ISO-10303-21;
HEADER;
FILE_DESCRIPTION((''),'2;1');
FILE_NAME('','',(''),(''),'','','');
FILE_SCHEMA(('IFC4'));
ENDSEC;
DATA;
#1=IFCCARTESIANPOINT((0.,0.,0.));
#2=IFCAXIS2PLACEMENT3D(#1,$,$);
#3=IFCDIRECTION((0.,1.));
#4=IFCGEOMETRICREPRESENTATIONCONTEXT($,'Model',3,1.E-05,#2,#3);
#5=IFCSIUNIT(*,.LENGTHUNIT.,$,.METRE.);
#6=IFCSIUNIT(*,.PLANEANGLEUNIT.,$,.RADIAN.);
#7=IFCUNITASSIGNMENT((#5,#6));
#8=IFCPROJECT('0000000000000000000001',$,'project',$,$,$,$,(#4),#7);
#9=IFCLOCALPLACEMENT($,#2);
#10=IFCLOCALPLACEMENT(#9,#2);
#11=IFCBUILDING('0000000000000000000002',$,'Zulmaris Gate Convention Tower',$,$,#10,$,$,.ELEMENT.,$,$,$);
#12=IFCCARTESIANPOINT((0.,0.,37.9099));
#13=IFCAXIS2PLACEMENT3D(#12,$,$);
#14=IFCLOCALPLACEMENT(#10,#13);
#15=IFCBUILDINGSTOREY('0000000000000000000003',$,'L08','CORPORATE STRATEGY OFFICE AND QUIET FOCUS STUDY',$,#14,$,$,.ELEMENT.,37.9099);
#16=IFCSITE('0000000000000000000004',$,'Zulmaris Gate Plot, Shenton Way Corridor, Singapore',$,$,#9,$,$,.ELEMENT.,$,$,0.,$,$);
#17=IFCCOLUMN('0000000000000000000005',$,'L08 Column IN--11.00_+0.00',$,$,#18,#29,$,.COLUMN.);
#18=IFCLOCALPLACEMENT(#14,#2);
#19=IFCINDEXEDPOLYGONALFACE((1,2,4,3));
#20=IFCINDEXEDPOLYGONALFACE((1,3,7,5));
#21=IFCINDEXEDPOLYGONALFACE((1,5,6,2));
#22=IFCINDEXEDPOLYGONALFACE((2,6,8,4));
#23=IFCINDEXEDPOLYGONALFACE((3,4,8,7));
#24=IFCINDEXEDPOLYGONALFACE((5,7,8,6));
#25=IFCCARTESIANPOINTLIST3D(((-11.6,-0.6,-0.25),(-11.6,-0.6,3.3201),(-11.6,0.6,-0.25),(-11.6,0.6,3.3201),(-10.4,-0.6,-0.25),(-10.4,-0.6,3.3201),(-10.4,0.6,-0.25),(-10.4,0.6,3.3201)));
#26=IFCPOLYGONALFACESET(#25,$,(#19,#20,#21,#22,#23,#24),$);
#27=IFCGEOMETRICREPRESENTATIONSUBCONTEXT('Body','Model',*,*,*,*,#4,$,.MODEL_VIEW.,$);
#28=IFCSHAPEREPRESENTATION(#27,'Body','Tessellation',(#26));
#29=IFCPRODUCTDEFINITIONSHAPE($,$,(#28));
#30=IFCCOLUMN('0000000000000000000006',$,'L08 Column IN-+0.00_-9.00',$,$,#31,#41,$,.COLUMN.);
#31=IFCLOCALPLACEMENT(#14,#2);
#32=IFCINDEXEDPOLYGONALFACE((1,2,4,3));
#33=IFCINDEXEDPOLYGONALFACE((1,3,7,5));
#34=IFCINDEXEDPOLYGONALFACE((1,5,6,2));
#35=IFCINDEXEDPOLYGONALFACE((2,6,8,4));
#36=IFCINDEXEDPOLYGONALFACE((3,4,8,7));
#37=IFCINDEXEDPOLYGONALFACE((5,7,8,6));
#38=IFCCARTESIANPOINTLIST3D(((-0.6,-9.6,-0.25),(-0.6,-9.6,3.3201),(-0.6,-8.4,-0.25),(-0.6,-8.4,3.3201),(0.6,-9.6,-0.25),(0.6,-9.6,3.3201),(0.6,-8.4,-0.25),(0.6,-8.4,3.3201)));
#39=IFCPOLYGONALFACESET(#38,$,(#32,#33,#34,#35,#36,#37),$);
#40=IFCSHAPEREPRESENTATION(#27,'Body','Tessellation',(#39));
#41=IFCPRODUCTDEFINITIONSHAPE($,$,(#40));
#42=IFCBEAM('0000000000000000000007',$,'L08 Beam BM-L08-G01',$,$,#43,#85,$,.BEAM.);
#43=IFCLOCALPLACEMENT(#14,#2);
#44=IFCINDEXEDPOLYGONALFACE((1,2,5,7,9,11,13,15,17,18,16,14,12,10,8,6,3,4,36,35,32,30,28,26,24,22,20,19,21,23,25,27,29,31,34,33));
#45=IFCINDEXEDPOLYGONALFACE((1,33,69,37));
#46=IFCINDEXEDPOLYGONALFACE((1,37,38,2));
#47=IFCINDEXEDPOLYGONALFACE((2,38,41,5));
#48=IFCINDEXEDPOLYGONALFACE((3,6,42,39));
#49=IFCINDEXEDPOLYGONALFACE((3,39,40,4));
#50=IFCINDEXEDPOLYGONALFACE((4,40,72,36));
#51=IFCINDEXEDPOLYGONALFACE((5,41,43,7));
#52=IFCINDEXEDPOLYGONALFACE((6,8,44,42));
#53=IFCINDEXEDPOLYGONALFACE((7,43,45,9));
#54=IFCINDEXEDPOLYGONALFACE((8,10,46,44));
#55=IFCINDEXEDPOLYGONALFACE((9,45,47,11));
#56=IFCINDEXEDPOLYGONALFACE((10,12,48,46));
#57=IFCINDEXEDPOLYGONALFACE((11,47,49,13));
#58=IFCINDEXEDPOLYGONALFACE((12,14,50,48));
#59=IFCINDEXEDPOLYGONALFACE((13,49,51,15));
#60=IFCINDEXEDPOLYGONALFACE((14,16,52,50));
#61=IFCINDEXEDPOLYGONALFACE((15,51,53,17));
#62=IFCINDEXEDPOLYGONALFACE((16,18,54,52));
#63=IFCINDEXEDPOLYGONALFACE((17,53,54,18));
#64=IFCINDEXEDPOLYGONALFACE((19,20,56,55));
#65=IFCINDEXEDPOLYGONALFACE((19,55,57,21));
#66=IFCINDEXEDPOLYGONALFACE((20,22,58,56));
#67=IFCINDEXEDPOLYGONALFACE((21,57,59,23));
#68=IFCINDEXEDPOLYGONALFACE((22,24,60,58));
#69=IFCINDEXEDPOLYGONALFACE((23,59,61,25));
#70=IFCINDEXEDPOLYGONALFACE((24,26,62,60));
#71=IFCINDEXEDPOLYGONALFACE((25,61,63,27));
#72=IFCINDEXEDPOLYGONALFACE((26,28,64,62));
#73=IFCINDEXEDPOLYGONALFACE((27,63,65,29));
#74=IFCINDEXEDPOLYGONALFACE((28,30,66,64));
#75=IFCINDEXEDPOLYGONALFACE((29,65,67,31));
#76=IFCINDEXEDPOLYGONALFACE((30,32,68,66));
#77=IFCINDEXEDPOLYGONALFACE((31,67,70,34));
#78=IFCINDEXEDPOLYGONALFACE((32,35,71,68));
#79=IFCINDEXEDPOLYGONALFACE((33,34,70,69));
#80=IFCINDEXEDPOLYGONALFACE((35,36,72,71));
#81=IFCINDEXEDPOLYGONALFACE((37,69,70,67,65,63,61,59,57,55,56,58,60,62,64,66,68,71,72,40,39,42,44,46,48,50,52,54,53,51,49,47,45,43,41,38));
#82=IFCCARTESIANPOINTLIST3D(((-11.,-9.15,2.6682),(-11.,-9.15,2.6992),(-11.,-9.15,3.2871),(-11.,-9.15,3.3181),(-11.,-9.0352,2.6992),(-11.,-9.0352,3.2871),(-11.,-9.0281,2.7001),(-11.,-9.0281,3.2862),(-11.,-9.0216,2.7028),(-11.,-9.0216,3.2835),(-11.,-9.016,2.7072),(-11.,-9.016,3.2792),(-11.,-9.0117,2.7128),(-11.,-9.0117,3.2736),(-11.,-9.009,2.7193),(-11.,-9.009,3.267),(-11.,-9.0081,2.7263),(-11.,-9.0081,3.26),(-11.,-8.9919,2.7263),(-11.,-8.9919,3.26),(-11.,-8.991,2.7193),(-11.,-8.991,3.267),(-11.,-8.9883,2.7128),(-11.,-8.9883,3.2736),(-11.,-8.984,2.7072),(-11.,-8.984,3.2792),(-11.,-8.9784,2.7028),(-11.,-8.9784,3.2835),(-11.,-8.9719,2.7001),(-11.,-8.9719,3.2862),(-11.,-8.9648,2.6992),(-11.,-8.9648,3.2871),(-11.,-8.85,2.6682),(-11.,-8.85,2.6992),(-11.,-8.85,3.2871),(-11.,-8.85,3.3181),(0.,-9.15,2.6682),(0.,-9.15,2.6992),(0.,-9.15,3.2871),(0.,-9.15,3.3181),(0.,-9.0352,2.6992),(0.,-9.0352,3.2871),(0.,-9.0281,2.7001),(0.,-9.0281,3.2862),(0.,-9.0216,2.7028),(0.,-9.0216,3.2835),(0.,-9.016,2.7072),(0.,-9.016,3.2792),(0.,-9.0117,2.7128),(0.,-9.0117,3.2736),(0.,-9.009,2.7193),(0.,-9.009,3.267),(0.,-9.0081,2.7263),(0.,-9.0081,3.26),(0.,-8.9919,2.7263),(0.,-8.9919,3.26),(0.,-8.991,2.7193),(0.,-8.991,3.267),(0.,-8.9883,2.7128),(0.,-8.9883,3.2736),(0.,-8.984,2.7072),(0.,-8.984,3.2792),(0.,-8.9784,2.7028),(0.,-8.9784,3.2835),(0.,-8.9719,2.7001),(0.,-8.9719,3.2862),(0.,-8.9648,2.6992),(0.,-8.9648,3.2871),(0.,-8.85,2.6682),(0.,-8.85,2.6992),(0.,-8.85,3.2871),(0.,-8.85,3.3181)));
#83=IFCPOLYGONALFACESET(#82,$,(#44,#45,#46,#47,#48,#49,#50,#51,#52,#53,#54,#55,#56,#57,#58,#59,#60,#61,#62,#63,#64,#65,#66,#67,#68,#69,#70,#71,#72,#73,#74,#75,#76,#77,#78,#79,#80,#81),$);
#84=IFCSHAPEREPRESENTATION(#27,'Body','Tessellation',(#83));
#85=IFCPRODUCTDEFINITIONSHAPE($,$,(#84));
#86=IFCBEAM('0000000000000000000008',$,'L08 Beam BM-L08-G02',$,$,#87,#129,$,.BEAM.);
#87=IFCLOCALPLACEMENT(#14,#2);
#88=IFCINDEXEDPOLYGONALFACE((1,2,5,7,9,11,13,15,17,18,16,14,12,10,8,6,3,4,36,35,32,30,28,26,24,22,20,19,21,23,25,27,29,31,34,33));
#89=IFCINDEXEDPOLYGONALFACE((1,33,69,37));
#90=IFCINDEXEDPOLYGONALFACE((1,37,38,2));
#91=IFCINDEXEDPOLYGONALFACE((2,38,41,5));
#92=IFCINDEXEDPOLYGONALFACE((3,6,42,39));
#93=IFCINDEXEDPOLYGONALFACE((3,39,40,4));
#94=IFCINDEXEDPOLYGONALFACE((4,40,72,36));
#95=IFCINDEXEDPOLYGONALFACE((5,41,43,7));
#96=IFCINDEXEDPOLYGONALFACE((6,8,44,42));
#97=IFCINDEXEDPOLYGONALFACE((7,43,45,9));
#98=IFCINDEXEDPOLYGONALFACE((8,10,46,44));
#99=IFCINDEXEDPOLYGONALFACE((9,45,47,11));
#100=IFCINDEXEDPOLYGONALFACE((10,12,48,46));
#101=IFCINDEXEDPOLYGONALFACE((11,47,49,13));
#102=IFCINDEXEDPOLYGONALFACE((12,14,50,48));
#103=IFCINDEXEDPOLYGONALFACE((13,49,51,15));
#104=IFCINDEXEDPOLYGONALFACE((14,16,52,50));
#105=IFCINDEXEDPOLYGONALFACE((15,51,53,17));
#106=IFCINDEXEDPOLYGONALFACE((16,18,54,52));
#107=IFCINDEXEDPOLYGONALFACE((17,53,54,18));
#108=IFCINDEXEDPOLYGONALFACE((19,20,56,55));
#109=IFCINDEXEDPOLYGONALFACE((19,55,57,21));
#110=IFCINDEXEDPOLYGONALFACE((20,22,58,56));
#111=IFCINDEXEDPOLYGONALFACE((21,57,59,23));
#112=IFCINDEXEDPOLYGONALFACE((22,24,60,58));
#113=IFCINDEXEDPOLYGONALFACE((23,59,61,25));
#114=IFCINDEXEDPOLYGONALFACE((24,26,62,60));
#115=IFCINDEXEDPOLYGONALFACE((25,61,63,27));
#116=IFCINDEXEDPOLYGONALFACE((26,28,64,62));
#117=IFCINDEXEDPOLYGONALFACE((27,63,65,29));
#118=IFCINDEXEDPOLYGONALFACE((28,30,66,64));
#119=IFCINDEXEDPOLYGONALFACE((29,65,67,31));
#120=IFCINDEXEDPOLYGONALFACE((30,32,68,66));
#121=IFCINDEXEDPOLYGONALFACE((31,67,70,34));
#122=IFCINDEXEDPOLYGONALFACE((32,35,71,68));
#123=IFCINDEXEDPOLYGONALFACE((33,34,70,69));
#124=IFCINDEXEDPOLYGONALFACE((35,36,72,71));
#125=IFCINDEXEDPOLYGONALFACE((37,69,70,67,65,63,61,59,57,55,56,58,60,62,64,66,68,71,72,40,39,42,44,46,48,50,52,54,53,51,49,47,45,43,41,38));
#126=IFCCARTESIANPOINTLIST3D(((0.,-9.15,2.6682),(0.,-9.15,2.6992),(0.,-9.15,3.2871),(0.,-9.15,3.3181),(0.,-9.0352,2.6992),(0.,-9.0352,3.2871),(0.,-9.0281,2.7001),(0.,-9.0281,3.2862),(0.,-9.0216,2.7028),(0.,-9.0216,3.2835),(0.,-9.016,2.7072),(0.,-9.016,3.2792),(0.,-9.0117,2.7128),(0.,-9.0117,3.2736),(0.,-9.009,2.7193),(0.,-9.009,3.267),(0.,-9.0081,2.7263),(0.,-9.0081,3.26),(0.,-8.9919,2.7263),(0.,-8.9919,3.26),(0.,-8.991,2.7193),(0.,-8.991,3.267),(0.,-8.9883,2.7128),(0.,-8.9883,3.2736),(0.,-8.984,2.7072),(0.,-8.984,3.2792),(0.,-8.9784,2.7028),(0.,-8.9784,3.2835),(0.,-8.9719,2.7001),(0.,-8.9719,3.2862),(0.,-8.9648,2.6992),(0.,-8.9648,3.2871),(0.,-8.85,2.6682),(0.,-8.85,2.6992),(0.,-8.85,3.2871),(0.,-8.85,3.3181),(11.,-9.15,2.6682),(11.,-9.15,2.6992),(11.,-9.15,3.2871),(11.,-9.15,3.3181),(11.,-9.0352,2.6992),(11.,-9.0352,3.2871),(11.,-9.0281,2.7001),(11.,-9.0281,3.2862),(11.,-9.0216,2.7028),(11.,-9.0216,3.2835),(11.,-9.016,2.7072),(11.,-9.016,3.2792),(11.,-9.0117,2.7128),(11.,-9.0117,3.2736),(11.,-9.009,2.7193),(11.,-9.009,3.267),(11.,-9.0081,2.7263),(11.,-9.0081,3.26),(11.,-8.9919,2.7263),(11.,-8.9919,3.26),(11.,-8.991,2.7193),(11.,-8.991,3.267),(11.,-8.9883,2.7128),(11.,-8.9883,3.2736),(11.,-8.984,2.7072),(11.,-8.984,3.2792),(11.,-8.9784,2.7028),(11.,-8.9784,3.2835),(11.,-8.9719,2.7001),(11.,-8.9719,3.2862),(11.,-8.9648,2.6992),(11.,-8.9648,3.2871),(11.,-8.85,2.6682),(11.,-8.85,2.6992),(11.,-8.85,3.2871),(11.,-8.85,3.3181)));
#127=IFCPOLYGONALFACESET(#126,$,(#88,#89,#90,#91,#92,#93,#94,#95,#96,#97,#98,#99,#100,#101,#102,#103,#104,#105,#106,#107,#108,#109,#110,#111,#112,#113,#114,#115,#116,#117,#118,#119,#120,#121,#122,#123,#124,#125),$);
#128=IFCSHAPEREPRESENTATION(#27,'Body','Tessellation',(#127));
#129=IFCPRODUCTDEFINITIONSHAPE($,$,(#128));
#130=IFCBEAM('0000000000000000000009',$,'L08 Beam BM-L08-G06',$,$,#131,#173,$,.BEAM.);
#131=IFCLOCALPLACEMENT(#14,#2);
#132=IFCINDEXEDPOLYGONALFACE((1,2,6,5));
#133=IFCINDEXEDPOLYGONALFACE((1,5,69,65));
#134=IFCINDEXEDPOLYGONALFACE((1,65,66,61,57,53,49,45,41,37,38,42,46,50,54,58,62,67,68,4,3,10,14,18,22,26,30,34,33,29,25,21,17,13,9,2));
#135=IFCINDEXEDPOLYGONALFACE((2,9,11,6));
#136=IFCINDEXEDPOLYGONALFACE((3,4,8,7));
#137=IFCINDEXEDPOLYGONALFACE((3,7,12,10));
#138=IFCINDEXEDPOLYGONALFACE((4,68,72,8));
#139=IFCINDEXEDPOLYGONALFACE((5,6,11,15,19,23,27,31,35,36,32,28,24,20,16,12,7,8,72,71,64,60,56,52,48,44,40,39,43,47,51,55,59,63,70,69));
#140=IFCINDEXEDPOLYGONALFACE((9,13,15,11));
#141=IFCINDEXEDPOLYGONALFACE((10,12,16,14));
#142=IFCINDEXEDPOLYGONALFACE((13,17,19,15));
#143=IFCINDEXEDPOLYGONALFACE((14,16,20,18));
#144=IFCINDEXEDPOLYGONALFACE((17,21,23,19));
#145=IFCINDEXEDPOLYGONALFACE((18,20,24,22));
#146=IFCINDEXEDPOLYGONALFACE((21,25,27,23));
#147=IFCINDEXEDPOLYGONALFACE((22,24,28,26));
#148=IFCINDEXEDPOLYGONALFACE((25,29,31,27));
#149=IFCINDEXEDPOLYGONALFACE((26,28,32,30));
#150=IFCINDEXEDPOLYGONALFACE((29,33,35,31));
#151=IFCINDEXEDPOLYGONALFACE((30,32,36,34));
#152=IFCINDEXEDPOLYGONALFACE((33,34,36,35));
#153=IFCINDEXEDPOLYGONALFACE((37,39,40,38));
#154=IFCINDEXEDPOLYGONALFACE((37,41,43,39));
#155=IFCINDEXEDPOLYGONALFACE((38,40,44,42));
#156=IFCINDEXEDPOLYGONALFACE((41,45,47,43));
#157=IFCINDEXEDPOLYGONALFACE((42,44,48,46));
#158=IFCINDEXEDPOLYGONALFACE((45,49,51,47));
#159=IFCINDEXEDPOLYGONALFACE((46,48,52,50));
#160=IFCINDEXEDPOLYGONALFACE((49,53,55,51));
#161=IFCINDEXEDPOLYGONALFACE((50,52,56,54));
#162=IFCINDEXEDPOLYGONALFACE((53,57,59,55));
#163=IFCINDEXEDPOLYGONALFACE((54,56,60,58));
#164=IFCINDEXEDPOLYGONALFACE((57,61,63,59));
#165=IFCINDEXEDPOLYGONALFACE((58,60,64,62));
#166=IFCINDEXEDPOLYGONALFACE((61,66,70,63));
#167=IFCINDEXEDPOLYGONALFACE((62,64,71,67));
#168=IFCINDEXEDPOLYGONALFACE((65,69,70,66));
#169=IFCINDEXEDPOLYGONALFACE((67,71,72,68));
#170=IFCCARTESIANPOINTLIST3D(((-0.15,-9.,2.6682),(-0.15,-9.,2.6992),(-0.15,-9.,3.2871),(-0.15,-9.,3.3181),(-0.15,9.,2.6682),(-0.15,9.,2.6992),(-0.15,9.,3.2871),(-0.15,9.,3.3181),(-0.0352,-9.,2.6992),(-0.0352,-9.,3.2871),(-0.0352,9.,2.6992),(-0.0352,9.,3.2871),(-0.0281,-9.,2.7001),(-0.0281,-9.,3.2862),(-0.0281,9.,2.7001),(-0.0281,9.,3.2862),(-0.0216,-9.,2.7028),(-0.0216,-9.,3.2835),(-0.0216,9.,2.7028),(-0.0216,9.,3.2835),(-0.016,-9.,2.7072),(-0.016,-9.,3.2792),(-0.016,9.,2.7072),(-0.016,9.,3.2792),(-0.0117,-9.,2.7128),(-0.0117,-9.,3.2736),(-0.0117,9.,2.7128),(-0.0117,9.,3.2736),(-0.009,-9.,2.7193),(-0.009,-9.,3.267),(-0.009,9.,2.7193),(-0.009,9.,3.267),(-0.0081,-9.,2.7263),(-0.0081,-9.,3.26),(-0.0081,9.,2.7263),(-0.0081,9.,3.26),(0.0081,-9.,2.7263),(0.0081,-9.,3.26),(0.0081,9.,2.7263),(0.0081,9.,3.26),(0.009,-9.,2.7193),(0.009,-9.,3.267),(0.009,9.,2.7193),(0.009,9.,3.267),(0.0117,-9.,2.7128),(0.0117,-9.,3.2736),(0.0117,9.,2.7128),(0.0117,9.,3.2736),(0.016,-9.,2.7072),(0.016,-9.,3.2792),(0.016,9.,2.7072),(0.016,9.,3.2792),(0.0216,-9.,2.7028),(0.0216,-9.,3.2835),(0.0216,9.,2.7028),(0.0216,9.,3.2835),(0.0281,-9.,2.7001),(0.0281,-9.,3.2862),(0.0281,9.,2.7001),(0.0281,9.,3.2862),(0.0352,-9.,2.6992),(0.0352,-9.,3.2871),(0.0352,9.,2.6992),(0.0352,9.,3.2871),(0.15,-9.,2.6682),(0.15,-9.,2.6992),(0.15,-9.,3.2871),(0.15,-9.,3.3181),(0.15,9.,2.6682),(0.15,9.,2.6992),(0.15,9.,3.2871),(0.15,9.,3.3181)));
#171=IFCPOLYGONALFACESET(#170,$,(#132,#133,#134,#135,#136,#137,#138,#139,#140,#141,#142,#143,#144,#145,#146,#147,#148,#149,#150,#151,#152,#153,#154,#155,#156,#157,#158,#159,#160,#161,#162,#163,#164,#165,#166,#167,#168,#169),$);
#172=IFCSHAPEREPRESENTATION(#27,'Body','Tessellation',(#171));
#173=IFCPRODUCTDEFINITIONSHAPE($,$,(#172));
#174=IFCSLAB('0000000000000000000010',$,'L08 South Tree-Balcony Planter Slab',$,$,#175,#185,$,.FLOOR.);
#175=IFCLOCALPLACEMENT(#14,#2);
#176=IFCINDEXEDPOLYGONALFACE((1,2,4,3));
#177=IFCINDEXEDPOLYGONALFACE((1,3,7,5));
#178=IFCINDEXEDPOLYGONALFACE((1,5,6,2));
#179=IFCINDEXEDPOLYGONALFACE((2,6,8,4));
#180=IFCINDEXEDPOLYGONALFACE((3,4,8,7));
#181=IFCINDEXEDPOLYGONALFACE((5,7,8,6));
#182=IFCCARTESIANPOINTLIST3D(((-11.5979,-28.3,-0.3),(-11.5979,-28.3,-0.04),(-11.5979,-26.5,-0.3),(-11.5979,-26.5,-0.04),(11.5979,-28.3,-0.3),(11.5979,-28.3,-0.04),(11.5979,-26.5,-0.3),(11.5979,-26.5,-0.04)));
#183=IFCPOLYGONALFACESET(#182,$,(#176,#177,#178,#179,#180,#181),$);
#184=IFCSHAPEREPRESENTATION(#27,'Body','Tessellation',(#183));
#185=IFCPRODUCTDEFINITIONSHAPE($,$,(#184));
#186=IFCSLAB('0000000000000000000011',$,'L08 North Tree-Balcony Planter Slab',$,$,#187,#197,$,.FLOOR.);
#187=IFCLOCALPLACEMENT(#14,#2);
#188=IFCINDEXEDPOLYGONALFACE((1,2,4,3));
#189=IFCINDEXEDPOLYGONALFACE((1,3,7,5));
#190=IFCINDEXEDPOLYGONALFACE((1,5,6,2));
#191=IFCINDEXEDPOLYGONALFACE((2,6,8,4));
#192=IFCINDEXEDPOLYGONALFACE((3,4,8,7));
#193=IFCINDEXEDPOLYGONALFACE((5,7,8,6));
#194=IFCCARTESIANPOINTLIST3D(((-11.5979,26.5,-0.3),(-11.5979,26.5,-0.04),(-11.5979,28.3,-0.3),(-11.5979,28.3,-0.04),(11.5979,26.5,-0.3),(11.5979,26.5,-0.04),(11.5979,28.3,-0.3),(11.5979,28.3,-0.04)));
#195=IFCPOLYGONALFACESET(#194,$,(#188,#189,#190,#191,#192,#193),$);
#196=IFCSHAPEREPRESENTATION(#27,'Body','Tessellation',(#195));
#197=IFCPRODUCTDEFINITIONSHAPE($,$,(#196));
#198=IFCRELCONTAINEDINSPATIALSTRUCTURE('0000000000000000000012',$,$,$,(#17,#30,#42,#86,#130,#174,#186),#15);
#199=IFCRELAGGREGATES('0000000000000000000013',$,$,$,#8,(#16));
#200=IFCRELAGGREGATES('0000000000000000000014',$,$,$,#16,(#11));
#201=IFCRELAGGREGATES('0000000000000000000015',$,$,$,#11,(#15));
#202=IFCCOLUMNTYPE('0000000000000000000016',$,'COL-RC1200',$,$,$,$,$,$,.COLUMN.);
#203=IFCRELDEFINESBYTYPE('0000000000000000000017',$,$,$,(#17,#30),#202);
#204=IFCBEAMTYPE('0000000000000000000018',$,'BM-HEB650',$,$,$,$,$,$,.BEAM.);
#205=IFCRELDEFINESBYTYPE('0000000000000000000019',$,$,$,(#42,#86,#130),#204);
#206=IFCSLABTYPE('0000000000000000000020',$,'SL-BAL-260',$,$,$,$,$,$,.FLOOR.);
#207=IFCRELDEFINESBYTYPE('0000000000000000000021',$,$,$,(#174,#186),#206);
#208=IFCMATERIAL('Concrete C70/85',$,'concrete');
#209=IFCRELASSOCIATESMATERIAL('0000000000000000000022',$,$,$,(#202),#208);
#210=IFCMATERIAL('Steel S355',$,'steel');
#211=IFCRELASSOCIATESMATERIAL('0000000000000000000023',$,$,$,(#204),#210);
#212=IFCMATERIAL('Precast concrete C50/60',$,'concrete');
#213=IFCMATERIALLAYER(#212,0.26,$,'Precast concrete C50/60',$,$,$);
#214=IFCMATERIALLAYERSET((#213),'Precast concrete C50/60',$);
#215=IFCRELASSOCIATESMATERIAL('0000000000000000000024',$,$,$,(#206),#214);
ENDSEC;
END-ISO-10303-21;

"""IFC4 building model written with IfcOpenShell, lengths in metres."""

from ifc_helpers import new_model, si_unit, direction, frame, origin, origin_2d, place, context, subcontext, project, spatial, polyline, rectangle, i_section, outline, extrude, material, layer, layer_set, material_profile, profile_set, type_object, element, save


model = new_model("IFC4")

# Units and contexts
model_context = context("Model", 3, precision=1e-05, world=origin(), true_north=direction((0.0, 1.0)))
body_context = subcontext(model_context, "Body", "Model", "MODEL_VIEW")
ifc_project = project(units=[si_unit("LENGTHUNIT", "METRE"), si_unit("PLANEANGLEUNIT", "RADIAN")], contexts=[model_context])

# Site, building, storey
site_placement = place(None, origin())
site = spatial("IfcSite", under=ifc_project, at=site_placement, Name="Zulmaris Gate Plot, Shenton Way Corridor, Singapore", CompositionType="ELEMENT", RefElevation=0.0)
building_placement = place(site_placement, origin())
building = spatial("IfcBuilding", under=site, at=building_placement, Name="Zulmaris Gate Convention Tower", CompositionType="ELEMENT")
storey_placement = place(building_placement, frame((0.0, 0.0, 37.9099)))
storey = spatial("IfcBuildingStorey", under=building, at=storey_placement, Name="L08", Description="CORPORATE STRATEGY OFFICE AND QUIET FOCUS STUDY", CompositionType="ELEMENT", Elevation=37.9099)

# Columns
ifc_material_1 = material(Name="Concrete C70/85", Category="concrete")
ifc_material_profile_1 = material_profile(ifc_material_1, rectangle(XDim=1.2, YDim=1.2, at=origin_2d()), Name="RC COL 1200x1200")
ifc_profile_set_1 = profile_set([ifc_material_profile_1], Name="Concrete C70/85")
column_type = type_object("IfcColumnType", Name="COL-RC1200", PredefinedType="COLUMN", material=ifc_profile_set_1)
for number, where, z_axis, x_axis, name in (
    (1, (-11.0, 0.0, -0.25), (0.0, 0.0, 1.0), (1.0, 0.0, 0.0), "L08 Column IN--11.00_+0.00"),
    (2, (0.0, -9.0, -0.25), (0.0, 0.0, 1.0), (1.0, 0.0, 0.0), "L08 Column IN-+0.00_-9.00"),
):
    element("IfcColumn", number, at=place(storey_placement, frame(where, z_axis=z_axis, x_axis=x_axis)), inside=storey, type_object=column_type, Name=name, PredefinedType="COLUMN", context=body_context, shape_type="SweptSolid", body=[
        extrude(rectangle(XDim=1.2, YDim=1.2, at=origin_2d()), origin(), (0.0, 0.0, 1.0), 3.5701),
    ])

# Beams
ifc_material_2 = material(Name="Steel S355", Category="steel")
ifc_material_profile_2 = material_profile(ifc_material_2, i_section(OverallWidth=0.3, OverallDepth=0.6499, WebThickness=0.0161, FlangeThickness=0.031, FilletRadius=0.0271, at=origin_2d()), Name="HEB 650")
ifc_profile_set_2 = profile_set([ifc_material_profile_2], Name="Steel S355")
beam_type = type_object("IfcBeamType", Name="BM-HEB650", PredefinedType="BEAM", material=ifc_profile_set_2)
for number, where, z_axis, x_axis, name in (
    (3, (-11.0, -9.0, 2.9932), (1.0, 0.0, 0.0), (0.0, 1.0, 0.0), "L08 Beam BM-L08-G01"),
    (4, (0.0, -9.0, 2.9932), (1.0, 0.0, 0.0), (0.0, 1.0, 0.0), "L08 Beam BM-L08-G02"),
):
    element("IfcBeam", number, at=place(storey_placement, frame(where, z_axis=z_axis, x_axis=x_axis)), inside=storey, type_object=beam_type, Name=name, PredefinedType="BEAM", context=body_context, shape_type="SweptSolid", body=[
        extrude(i_section(OverallWidth=0.3, OverallDepth=0.6499, WebThickness=0.0161, FlangeThickness=0.031, FilletRadius=0.0271, at=origin_2d()), origin(), (0.0, 0.0, 1.0), 11.0),
    ])
beam_placement = place(storey_placement, frame((0.0, -9.0, 2.9932), z_axis=(0.0, 1.0, 0.0), x_axis=(-1.0, 0.0, 0.0)))
element("IfcBeam", 5, at=beam_placement, inside=storey, type_object=beam_type, Name="L08 Beam BM-L08-G06", PredefinedType="BEAM", context=body_context, shape_type="SweptSolid", body=[
    extrude(i_section(OverallWidth=0.3, OverallDepth=0.6499, WebThickness=0.0161, FlangeThickness=0.031, FilletRadius=0.0271, at=origin_2d()), origin(), (0.0, 0.0, 1.0), 18.0),
])

# Slabs
ifc_material_3 = material(Name="Precast concrete C50/60", Category="concrete")
ifc_layer_1 = layer(ifc_material_3, 0.26, Name="Precast concrete C50/60")
ifc_layer_set_1 = layer_set([ifc_layer_1], Name="Precast concrete C50/60")
slab_type_1 = type_object("IfcSlabType", Name="SL-BAL-260", PredefinedType="FLOOR", material=ifc_layer_set_1)
slab_1_placement = place(storey_placement, frame((0.0, 0.0, -0.3)))
element("IfcSlab", 6, at=slab_1_placement, inside=storey, type_object=slab_type_1, Name="L08 South Tree-Balcony Planter Slab", PredefinedType="FLOOR", context=body_context, shape_type="SweptSolid", body=[
    extrude(outline(polyline([(-11.5979, -28.3), (-11.5979, -26.5), (11.5979, -26.5), (11.5979, -28.3), (-11.5979, -28.3)])), origin(), (0.0, 0.0, 1.0), 0.26),
])
slab_2_placement = place(storey_placement, frame((0.0, 0.0, -0.3)))
element("IfcSlab", 7, at=slab_2_placement, inside=storey, type_object=slab_type_1, Name="L08 North Tree-Balcony Planter Slab", PredefinedType="FLOOR", context=body_context, shape_type="SweptSolid", body=[
    extrude(outline(polyline([(11.5979, 28.3), (11.5979, 26.5), (-11.5979, 26.5), (-11.5979, 28.3), (11.5979, 28.3)])), origin(), (0.0, 0.0, 1.0), 0.26),
])

save(model, "model.ifc")
